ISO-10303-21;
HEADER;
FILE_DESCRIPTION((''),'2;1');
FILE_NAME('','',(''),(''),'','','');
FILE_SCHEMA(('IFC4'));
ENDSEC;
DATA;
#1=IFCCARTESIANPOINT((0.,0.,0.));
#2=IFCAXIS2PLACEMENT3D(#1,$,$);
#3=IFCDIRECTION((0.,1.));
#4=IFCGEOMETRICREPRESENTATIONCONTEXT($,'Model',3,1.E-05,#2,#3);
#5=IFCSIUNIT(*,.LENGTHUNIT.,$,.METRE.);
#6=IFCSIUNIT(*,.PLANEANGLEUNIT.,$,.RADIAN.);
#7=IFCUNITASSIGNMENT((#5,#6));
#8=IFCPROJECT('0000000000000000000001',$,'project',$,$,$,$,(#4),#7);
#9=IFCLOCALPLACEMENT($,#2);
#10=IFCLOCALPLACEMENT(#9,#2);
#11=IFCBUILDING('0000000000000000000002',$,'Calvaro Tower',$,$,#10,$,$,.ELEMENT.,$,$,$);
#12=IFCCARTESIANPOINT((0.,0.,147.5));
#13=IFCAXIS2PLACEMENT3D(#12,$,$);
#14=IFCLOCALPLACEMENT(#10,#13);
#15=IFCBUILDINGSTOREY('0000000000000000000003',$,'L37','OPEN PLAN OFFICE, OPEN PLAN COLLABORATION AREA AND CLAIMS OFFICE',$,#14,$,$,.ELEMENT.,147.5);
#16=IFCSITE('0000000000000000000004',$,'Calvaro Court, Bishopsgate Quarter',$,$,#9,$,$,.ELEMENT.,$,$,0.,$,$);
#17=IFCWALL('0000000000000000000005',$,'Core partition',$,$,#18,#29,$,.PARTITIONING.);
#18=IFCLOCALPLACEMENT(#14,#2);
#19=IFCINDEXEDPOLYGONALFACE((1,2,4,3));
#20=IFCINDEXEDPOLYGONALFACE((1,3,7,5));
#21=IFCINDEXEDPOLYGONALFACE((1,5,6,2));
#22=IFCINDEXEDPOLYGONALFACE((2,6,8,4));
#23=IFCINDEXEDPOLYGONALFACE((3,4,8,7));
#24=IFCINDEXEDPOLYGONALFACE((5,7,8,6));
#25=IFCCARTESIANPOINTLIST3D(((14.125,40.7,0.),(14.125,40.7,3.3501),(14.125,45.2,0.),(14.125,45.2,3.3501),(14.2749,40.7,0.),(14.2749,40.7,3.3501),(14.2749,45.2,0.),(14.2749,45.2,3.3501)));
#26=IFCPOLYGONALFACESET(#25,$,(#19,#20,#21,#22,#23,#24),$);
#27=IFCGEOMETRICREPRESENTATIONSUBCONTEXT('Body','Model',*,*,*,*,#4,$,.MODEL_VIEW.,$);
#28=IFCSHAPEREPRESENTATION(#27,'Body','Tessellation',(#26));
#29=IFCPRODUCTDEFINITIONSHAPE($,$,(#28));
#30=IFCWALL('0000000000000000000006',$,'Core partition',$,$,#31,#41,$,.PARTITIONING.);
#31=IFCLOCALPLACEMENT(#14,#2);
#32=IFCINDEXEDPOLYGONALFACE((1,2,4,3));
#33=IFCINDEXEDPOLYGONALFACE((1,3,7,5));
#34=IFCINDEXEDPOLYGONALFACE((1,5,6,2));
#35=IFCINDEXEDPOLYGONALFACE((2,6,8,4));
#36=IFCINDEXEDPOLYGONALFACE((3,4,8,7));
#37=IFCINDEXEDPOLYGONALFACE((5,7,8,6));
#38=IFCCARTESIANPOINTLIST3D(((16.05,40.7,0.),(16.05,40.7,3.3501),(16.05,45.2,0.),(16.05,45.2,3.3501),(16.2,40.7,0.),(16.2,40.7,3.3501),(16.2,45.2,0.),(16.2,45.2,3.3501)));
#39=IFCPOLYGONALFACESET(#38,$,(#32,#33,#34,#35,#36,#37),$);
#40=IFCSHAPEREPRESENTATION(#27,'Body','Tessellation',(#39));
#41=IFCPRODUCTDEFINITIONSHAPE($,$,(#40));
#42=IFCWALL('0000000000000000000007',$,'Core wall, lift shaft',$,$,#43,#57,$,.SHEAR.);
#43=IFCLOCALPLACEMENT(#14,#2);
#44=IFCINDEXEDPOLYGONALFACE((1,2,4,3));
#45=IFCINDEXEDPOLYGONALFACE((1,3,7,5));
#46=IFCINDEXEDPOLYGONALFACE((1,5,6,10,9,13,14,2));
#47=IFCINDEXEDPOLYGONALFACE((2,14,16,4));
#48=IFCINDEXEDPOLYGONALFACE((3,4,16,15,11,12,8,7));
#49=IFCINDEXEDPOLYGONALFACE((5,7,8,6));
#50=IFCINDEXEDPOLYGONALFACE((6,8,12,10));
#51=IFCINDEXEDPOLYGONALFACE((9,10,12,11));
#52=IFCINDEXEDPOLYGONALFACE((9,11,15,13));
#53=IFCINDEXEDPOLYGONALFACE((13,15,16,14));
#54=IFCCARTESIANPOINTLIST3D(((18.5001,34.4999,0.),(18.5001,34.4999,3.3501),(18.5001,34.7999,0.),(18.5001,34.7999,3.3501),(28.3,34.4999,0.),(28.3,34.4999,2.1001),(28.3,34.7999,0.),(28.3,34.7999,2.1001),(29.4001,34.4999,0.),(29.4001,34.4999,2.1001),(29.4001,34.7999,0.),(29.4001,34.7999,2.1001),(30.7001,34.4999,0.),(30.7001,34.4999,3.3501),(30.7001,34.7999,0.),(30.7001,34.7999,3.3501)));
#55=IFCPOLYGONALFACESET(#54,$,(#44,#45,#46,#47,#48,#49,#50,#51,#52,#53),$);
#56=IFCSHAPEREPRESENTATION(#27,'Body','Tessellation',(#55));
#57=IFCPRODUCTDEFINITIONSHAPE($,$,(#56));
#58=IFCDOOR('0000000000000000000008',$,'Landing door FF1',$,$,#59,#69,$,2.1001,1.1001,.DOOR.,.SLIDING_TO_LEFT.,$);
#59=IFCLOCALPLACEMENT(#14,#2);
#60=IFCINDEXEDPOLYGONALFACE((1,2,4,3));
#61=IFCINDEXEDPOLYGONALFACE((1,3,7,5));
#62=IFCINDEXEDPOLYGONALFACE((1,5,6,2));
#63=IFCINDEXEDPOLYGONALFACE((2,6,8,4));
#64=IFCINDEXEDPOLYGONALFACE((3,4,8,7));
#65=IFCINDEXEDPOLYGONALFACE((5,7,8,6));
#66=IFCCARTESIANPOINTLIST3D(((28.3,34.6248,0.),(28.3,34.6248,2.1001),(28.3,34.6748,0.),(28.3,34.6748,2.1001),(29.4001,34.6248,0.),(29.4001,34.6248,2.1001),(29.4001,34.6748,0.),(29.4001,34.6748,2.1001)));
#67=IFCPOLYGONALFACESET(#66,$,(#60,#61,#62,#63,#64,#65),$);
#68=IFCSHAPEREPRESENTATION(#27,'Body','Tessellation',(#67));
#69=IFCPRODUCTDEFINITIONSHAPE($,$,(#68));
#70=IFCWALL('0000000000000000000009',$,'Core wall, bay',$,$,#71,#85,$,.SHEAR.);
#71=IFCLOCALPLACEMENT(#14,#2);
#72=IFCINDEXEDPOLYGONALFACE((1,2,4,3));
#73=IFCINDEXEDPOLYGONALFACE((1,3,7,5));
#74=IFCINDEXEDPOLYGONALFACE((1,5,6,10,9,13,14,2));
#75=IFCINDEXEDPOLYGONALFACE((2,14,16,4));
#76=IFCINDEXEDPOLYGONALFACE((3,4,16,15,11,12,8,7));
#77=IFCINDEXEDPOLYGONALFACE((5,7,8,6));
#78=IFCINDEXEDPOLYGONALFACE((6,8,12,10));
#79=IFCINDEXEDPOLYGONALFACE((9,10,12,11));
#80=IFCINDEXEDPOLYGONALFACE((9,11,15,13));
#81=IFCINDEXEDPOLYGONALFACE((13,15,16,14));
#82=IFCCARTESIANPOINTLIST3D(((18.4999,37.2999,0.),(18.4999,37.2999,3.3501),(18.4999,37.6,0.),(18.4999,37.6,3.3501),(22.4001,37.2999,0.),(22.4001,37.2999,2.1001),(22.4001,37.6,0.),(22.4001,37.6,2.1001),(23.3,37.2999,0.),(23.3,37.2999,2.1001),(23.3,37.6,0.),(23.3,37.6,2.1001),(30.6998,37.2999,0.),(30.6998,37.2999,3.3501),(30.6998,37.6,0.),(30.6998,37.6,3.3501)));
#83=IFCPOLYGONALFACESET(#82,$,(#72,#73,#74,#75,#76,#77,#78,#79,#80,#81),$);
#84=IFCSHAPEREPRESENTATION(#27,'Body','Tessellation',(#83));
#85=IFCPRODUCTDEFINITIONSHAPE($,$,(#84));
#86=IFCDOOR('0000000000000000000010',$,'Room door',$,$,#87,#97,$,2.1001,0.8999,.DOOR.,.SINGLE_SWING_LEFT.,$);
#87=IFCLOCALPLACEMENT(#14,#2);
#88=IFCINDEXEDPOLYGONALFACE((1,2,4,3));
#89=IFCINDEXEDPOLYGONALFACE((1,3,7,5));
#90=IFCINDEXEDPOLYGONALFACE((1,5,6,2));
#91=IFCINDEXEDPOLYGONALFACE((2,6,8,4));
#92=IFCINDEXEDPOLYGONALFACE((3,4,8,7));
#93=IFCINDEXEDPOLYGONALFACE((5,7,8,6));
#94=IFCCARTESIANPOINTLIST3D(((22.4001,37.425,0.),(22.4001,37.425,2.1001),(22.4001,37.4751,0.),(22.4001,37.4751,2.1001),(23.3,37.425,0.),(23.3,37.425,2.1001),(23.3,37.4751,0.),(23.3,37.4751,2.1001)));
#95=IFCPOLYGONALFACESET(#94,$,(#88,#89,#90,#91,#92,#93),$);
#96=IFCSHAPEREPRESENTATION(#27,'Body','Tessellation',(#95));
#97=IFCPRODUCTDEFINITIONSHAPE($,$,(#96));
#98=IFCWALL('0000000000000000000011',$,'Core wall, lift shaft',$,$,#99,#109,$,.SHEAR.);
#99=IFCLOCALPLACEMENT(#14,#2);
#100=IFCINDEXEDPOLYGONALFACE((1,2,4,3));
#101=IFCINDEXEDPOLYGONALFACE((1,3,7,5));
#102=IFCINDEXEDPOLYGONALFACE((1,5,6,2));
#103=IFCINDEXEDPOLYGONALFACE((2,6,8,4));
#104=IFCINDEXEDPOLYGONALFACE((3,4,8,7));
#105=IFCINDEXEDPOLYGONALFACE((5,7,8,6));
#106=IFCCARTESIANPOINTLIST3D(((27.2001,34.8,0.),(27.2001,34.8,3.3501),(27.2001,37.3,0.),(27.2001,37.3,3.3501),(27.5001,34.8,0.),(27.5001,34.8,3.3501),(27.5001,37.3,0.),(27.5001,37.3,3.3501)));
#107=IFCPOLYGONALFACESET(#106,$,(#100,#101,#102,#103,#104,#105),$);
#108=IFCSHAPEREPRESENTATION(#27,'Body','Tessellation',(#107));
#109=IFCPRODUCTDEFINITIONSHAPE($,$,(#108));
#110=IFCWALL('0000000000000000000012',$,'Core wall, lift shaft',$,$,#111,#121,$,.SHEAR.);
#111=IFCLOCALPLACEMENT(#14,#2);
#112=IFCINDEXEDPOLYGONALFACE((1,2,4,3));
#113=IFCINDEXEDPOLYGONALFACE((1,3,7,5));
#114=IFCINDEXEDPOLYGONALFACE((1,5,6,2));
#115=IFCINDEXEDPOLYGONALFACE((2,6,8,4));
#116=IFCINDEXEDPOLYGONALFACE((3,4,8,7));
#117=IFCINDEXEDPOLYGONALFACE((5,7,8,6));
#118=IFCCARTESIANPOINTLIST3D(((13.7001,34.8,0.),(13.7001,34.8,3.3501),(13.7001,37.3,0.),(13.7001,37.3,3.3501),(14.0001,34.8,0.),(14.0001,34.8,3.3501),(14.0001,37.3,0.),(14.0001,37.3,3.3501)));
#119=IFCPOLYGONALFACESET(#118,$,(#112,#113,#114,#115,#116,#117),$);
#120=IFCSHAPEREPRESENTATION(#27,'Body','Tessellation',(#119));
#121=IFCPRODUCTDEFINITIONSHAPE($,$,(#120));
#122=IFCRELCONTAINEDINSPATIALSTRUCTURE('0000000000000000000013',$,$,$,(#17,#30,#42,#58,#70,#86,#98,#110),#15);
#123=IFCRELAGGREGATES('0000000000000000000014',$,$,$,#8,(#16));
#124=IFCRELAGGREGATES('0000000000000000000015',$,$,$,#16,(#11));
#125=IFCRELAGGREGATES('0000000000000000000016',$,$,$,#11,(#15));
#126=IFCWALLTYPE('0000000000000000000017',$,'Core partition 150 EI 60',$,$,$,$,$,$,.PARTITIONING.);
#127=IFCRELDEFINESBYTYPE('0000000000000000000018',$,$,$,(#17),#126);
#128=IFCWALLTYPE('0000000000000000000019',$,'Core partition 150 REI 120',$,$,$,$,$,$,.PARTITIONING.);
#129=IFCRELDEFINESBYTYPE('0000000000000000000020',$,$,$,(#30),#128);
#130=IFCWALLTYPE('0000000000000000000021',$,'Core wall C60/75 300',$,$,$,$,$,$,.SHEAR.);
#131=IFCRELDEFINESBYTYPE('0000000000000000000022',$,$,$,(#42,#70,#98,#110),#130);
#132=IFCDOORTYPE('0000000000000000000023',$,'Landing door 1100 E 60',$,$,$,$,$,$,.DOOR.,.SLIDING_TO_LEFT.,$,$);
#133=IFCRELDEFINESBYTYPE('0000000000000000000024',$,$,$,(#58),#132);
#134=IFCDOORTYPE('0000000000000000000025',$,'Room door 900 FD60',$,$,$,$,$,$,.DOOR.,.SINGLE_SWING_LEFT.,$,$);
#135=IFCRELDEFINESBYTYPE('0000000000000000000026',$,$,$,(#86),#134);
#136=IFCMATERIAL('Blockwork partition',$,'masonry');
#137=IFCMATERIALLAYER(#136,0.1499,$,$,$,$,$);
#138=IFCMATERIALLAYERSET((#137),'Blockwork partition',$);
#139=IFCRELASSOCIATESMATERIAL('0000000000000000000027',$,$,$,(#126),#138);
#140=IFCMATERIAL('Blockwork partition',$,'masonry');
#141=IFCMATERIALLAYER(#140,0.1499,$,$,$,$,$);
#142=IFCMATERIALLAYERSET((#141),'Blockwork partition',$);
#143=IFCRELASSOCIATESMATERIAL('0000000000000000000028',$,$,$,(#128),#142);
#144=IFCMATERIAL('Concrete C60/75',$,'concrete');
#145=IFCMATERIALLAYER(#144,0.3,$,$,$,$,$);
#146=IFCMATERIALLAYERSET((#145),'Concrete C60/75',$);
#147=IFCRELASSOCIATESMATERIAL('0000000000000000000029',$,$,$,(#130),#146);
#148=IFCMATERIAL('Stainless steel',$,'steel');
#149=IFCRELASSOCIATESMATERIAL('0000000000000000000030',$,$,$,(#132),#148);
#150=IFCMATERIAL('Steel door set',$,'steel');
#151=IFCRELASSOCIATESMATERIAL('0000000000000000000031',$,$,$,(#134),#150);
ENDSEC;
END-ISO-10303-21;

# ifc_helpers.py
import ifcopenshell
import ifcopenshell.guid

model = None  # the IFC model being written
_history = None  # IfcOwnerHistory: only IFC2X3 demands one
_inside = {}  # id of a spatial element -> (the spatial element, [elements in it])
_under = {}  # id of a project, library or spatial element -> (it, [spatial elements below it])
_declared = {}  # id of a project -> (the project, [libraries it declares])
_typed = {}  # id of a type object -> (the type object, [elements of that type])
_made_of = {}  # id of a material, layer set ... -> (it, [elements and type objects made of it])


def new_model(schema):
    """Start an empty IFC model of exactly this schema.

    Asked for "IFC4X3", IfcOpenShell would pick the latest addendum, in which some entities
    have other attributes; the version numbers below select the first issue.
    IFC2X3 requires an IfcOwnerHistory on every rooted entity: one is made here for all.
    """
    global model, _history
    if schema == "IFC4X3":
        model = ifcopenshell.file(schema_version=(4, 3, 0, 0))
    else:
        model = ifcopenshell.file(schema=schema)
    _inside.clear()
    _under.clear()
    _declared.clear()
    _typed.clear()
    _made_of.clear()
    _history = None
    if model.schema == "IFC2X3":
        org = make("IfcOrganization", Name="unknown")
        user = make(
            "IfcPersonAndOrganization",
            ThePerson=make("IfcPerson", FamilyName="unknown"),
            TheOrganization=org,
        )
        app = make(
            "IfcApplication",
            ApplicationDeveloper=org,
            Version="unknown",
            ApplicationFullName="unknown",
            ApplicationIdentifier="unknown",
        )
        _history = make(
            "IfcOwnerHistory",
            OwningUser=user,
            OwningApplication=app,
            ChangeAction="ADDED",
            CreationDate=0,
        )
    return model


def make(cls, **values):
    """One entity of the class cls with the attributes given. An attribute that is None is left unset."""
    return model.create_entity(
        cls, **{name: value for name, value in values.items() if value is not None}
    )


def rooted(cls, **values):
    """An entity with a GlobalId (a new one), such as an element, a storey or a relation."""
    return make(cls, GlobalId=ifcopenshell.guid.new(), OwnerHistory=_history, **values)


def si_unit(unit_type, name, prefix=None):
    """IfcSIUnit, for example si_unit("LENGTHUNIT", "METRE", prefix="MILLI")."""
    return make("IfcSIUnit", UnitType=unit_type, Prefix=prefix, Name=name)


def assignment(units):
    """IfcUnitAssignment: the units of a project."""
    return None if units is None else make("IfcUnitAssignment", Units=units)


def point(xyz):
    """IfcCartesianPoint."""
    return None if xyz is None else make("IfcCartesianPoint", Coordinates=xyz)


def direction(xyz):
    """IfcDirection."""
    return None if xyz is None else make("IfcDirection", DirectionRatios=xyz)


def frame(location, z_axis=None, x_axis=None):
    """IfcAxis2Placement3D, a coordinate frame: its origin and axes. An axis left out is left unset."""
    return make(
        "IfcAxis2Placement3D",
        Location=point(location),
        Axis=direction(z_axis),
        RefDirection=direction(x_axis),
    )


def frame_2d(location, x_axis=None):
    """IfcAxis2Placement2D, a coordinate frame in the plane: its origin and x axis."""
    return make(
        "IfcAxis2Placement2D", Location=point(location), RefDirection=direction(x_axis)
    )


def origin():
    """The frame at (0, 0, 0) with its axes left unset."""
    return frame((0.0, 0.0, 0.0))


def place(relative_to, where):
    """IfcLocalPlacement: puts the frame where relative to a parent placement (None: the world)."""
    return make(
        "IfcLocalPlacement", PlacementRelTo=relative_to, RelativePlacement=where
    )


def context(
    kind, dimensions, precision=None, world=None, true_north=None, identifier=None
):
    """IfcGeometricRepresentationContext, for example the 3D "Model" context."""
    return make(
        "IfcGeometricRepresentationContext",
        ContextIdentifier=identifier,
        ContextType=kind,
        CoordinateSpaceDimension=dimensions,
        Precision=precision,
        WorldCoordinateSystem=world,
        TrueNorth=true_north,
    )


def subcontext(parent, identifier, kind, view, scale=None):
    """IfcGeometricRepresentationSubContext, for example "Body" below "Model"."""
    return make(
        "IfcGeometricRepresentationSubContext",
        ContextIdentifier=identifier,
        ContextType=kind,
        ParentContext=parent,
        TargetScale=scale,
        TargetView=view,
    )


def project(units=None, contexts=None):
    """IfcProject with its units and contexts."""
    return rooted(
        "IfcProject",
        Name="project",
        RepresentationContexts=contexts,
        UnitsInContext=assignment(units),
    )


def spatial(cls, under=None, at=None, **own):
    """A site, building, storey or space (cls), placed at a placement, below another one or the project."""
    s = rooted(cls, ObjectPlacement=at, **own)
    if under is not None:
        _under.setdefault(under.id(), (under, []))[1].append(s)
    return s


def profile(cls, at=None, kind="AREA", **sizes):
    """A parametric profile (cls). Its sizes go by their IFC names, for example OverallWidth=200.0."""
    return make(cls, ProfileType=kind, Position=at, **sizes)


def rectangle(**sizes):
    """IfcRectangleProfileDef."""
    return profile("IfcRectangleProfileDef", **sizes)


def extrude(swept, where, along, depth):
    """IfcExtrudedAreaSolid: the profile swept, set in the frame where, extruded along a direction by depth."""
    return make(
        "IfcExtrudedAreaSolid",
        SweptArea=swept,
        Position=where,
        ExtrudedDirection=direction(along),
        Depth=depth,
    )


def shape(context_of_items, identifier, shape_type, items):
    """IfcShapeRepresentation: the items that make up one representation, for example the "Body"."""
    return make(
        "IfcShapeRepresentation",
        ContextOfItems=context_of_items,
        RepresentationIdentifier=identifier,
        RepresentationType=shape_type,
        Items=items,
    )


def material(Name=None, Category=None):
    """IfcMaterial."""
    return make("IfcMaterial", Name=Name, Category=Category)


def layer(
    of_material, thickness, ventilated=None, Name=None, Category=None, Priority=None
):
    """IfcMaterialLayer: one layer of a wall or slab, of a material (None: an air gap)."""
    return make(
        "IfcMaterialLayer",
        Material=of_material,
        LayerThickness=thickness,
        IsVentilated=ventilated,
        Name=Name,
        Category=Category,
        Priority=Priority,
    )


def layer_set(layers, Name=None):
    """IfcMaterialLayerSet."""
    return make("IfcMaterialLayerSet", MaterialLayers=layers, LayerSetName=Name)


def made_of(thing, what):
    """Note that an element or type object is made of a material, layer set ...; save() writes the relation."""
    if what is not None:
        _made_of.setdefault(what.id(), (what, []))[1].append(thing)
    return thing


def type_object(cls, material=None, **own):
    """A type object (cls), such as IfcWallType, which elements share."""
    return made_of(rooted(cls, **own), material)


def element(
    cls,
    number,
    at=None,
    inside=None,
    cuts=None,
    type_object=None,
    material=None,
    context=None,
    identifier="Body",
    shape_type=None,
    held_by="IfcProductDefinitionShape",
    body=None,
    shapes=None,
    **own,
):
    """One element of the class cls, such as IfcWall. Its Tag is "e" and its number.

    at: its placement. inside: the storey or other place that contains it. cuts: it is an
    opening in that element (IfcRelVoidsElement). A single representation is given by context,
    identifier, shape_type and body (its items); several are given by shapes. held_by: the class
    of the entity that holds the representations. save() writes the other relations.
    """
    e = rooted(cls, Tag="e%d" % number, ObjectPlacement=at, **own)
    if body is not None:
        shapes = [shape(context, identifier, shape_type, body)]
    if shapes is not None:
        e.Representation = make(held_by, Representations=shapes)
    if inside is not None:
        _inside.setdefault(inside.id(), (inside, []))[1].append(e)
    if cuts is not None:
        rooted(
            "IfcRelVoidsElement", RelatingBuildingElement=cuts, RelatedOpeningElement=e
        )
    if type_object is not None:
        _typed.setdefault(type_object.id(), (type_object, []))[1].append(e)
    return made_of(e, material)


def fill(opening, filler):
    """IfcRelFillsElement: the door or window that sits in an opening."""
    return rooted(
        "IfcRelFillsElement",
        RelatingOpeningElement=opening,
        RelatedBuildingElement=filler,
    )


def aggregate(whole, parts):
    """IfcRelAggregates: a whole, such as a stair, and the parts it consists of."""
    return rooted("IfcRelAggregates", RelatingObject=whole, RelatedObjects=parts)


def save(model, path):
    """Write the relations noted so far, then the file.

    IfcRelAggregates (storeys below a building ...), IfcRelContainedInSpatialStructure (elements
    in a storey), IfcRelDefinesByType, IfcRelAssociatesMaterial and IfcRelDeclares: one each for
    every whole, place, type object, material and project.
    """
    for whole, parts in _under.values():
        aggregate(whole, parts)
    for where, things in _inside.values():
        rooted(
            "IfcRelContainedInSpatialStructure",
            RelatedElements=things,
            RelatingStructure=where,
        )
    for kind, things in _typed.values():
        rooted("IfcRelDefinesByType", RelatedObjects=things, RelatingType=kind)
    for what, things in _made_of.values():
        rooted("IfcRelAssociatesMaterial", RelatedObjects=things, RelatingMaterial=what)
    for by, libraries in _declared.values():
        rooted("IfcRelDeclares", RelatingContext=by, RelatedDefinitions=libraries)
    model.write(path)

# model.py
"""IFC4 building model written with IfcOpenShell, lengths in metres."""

from ifc_helpers import new_model, si_unit, direction, frame, frame_2d, origin, place, context, subcontext, project, spatial, rectangle, extrude, material, layer, layer_set, type_object, element, fill, save


model = new_model("IFC4")

# Units and contexts
model_context = context("Model", 3, precision=1e-05, world=origin(), true_north=direction((0.0, 1.0)))
body_context = subcontext(model_context, "Body", "Model", "MODEL_VIEW")
ifc_project = project(units=[si_unit("LENGTHUNIT", "METRE"), si_unit("PLANEANGLEUNIT", "RADIAN")], contexts=[model_context])

# Site, building, storey
site_placement = place(None, origin())
site = spatial("IfcSite", under=ifc_project, at=site_placement, Name="Calvaro Court, Bishopsgate Quarter", CompositionType="ELEMENT", RefElevation=0.0)
building_placement = place(site_placement, origin())
building = spatial("IfcBuilding", under=site, at=building_placement, Name="Calvaro Tower", CompositionType="ELEMENT")
storey_placement = place(building_placement, frame((0.0, 0.0, 147.5)))
storey = spatial("IfcBuildingStorey", under=building, at=storey_placement, Name="L37", Description="OPEN PLAN OFFICE, OPEN PLAN COLLABORATION AREA AND CLAIMS OFFICE", CompositionType="ELEMENT", Elevation=147.5)

# Walls
ifc_material_1 = material(Name="Blockwork partition", Category="masonry")
ifc_layer_1 = layer(ifc_material_1, 0.1499)
ifc_layer_set_1 = layer_set([ifc_layer_1], Name="Blockwork partition")
wall_type_1 = type_object("IfcWallType", Name="Core partition 150 EI 60", PredefinedType="PARTITIONING", material=ifc_layer_set_1)
wall_1_placement = place(storey_placement, frame((14.2, 40.7, 0.0), z_axis=(0.0, 0.0, 1.0), x_axis=(0.0, 1.0, 0.0)))
element("IfcWall", 1, at=wall_1_placement, inside=storey, type_object=wall_type_1, Name="Core partition", PredefinedType="PARTITIONING", context=body_context, shape_type="SweptSolid", body=[
    extrude(rectangle(XDim=4.5, YDim=0.1499, at=frame_2d((2.25, 0.0))), origin(), (0.0, 0.0, 1.0), 3.3501),
])
ifc_material_2 = material(Name="Blockwork partition", Category="masonry")
ifc_layer_2 = layer(ifc_material_2, 0.1499)
ifc_layer_set_2 = layer_set([ifc_layer_2], Name="Blockwork partition")
wall_type_2 = type_object("IfcWallType", Name="Core partition 150 REI 120", PredefinedType="PARTITIONING", material=ifc_layer_set_2)
wall_2_placement = place(storey_placement, frame((16.125, 40.7, 0.0), z_axis=(0.0, 0.0, 1.0), x_axis=(0.0, 1.0, 0.0)))
element("IfcWall", 2, at=wall_2_placement, inside=storey, type_object=wall_type_2, Name="Core partition", PredefinedType="PARTITIONING", context=body_context, shape_type="SweptSolid", body=[
    extrude(rectangle(XDim=4.5, YDim=0.1499, at=frame_2d((2.25, 0.0))), origin(), (0.0, 0.0, 1.0), 3.3501),
])

# Walls, openings, doors
ifc_material_3 = material(Name="Concrete C60/75", Category="concrete")
ifc_layer_3 = layer(ifc_material_3, 0.3)
ifc_layer_set_3 = layer_set([ifc_layer_3], Name="Concrete C60/75")
wall_type_3 = type_object("IfcWallType", Name="Core wall C60/75 300", PredefinedType="SHEAR", material=ifc_layer_set_3)
wall_3_placement = place(storey_placement, frame((18.5, 34.6499, 0.0), z_axis=(0.0, 0.0, 1.0), x_axis=(1.0, 0.0, 0.0)))
wall_3 = element("IfcWall", 3, at=wall_3_placement, inside=storey, type_object=wall_type_3, Name="Core wall, lift shaft", PredefinedType="SHEAR", context=body_context, shape_type="SweptSolid", body=[
    extrude(rectangle(XDim=12.2, YDim=0.3, at=frame_2d((6.1001, 0.0))), origin(), (0.0, 0.0, 1.0), 3.3501),
])
opening_1_placement = place(wall_3_placement, frame((9.8, 0.0, 0.0)))
opening_1 = element("IfcOpeningElement", 4, at=opening_1_placement, cuts=wall_3, PredefinedType="OPENING", context=body_context, shape_type="SweptSolid", body=[
    extrude(rectangle(XDim=1.1001, YDim=2.1001, at=frame_2d((0.55, 1.05))), frame((0.0, 0.1599, 0.0), z_axis=(0.0, -1.0, 0.0), x_axis=(1.0, 0.0, 0.0)), (0.0, 0.0, 1.0), 0.3201),
])
ifc_material_4 = material(Name="Stainless steel", Category="steel")
door_type_1 = type_object("IfcDoorType", Name="Landing door 1100 E 60", OperationType="SLIDING_TO_LEFT", PredefinedType="DOOR", material=ifc_material_4)
door_1_placement = place(opening_1_placement, origin())
door_1 = element("IfcDoor", 5, at=door_1_placement, inside=storey, type_object=door_type_1, Name="Landing door FF1", OperationType="SLIDING_TO_LEFT", OverallHeight=2.1001, OverallWidth=1.1001, PredefinedType="DOOR", context=body_context, shape_type="SweptSolid", body=[
    extrude(rectangle(XDim=1.1001, YDim=2.1001, at=frame_2d((0.55, 1.05))), frame((0.0, 0.0249, 0.0), z_axis=(0.0, -1.0, 0.0), x_axis=(1.0, 0.0, 0.0)), (0.0, 0.0, 1.0), 0.05),
])
fill(opening_1, door_1)
wall_4_placement = place(storey_placement, frame((30.7, 37.45, 0.0), z_axis=(0.0, 0.0, 1.0), x_axis=(-1.0, 0.0, 0.0)))
wall_4 = element("IfcWall", 6, at=wall_4_placement, inside=storey, type_object=wall_type_3, Name="Core wall, bay", PredefinedType="SHEAR", context=body_context, shape_type="SweptSolid", body=[
    extrude(rectangle(XDim=12.2, YDim=0.3, at=frame_2d((6.1001, 0.0))), origin(), (0.0, 0.0, 1.0), 3.3501),
])
opening_2_placement = place(wall_4_placement, frame((7.3999, 0.0, 0.0)))
opening_2 = element("IfcOpeningElement", 7, at=opening_2_placement, cuts=wall_4, PredefinedType="OPENING", context=body_context, shape_type="SweptSolid", body=[
    extrude(rectangle(XDim=0.8999, YDim=2.1001, at=frame_2d((0.45, 1.05))), frame((0.0, 0.1599, 0.0), z_axis=(0.0, -1.0, 0.0), x_axis=(1.0, 0.0, 0.0)), (0.0, 0.0, 1.0), 0.3201),
])
ifc_material_5 = material(Name="Steel door set", Category="steel")
door_type_2 = type_object("IfcDoorType", Name="Room door 900 FD60", OperationType="SINGLE_SWING_LEFT", PredefinedType="DOOR", material=ifc_material_5)
door_2_placement = place(opening_2_placement, origin())
door_2 = element("IfcDoor", 8, at=door_2_placement, inside=storey, type_object=door_type_2, Name="Room door", OperationType="SINGLE_SWING_LEFT", OverallHeight=2.1001, OverallWidth=0.8999, PredefinedType="DOOR", context=body_context, shape_type="SweptSolid", body=[
    extrude(rectangle(XDim=0.8999, YDim=2.1001, at=frame_2d((0.45, 1.05))), frame((0.0, 0.0249, 0.0), z_axis=(0.0, -1.0, 0.0), x_axis=(1.0, 0.0, 0.0)), (0.0, 0.0, 1.0), 0.05),
])
fill(opening_2, door_2)

# Walls
for number, where, z_axis, x_axis, name in (
    (9, (27.3501, 34.8, 0.0), (0.0, 0.0, 1.0), (0.0, 1.0, 0.0), "Core wall, lift shaft"),
    (10, (13.8501, 34.8, 0.0), (0.0, 0.0, 1.0), (0.0, 1.0, 0.0), "Core wall, lift shaft"),
):
    element("IfcWall", number, at=place(storey_placement, frame(where, z_axis=z_axis, x_axis=x_axis)), inside=storey, type_object=wall_type_3, Name=name, PredefinedType="SHEAR", context=body_context, shape_type="SweptSolid", body=[
        extrude(rectangle(XDim=2.5, YDim=0.3, at=frame_2d((1.25, 0.0))), origin(), (0.0, 0.0, 1.0), 3.3501),
    ])

save(model, "model.ifc")
